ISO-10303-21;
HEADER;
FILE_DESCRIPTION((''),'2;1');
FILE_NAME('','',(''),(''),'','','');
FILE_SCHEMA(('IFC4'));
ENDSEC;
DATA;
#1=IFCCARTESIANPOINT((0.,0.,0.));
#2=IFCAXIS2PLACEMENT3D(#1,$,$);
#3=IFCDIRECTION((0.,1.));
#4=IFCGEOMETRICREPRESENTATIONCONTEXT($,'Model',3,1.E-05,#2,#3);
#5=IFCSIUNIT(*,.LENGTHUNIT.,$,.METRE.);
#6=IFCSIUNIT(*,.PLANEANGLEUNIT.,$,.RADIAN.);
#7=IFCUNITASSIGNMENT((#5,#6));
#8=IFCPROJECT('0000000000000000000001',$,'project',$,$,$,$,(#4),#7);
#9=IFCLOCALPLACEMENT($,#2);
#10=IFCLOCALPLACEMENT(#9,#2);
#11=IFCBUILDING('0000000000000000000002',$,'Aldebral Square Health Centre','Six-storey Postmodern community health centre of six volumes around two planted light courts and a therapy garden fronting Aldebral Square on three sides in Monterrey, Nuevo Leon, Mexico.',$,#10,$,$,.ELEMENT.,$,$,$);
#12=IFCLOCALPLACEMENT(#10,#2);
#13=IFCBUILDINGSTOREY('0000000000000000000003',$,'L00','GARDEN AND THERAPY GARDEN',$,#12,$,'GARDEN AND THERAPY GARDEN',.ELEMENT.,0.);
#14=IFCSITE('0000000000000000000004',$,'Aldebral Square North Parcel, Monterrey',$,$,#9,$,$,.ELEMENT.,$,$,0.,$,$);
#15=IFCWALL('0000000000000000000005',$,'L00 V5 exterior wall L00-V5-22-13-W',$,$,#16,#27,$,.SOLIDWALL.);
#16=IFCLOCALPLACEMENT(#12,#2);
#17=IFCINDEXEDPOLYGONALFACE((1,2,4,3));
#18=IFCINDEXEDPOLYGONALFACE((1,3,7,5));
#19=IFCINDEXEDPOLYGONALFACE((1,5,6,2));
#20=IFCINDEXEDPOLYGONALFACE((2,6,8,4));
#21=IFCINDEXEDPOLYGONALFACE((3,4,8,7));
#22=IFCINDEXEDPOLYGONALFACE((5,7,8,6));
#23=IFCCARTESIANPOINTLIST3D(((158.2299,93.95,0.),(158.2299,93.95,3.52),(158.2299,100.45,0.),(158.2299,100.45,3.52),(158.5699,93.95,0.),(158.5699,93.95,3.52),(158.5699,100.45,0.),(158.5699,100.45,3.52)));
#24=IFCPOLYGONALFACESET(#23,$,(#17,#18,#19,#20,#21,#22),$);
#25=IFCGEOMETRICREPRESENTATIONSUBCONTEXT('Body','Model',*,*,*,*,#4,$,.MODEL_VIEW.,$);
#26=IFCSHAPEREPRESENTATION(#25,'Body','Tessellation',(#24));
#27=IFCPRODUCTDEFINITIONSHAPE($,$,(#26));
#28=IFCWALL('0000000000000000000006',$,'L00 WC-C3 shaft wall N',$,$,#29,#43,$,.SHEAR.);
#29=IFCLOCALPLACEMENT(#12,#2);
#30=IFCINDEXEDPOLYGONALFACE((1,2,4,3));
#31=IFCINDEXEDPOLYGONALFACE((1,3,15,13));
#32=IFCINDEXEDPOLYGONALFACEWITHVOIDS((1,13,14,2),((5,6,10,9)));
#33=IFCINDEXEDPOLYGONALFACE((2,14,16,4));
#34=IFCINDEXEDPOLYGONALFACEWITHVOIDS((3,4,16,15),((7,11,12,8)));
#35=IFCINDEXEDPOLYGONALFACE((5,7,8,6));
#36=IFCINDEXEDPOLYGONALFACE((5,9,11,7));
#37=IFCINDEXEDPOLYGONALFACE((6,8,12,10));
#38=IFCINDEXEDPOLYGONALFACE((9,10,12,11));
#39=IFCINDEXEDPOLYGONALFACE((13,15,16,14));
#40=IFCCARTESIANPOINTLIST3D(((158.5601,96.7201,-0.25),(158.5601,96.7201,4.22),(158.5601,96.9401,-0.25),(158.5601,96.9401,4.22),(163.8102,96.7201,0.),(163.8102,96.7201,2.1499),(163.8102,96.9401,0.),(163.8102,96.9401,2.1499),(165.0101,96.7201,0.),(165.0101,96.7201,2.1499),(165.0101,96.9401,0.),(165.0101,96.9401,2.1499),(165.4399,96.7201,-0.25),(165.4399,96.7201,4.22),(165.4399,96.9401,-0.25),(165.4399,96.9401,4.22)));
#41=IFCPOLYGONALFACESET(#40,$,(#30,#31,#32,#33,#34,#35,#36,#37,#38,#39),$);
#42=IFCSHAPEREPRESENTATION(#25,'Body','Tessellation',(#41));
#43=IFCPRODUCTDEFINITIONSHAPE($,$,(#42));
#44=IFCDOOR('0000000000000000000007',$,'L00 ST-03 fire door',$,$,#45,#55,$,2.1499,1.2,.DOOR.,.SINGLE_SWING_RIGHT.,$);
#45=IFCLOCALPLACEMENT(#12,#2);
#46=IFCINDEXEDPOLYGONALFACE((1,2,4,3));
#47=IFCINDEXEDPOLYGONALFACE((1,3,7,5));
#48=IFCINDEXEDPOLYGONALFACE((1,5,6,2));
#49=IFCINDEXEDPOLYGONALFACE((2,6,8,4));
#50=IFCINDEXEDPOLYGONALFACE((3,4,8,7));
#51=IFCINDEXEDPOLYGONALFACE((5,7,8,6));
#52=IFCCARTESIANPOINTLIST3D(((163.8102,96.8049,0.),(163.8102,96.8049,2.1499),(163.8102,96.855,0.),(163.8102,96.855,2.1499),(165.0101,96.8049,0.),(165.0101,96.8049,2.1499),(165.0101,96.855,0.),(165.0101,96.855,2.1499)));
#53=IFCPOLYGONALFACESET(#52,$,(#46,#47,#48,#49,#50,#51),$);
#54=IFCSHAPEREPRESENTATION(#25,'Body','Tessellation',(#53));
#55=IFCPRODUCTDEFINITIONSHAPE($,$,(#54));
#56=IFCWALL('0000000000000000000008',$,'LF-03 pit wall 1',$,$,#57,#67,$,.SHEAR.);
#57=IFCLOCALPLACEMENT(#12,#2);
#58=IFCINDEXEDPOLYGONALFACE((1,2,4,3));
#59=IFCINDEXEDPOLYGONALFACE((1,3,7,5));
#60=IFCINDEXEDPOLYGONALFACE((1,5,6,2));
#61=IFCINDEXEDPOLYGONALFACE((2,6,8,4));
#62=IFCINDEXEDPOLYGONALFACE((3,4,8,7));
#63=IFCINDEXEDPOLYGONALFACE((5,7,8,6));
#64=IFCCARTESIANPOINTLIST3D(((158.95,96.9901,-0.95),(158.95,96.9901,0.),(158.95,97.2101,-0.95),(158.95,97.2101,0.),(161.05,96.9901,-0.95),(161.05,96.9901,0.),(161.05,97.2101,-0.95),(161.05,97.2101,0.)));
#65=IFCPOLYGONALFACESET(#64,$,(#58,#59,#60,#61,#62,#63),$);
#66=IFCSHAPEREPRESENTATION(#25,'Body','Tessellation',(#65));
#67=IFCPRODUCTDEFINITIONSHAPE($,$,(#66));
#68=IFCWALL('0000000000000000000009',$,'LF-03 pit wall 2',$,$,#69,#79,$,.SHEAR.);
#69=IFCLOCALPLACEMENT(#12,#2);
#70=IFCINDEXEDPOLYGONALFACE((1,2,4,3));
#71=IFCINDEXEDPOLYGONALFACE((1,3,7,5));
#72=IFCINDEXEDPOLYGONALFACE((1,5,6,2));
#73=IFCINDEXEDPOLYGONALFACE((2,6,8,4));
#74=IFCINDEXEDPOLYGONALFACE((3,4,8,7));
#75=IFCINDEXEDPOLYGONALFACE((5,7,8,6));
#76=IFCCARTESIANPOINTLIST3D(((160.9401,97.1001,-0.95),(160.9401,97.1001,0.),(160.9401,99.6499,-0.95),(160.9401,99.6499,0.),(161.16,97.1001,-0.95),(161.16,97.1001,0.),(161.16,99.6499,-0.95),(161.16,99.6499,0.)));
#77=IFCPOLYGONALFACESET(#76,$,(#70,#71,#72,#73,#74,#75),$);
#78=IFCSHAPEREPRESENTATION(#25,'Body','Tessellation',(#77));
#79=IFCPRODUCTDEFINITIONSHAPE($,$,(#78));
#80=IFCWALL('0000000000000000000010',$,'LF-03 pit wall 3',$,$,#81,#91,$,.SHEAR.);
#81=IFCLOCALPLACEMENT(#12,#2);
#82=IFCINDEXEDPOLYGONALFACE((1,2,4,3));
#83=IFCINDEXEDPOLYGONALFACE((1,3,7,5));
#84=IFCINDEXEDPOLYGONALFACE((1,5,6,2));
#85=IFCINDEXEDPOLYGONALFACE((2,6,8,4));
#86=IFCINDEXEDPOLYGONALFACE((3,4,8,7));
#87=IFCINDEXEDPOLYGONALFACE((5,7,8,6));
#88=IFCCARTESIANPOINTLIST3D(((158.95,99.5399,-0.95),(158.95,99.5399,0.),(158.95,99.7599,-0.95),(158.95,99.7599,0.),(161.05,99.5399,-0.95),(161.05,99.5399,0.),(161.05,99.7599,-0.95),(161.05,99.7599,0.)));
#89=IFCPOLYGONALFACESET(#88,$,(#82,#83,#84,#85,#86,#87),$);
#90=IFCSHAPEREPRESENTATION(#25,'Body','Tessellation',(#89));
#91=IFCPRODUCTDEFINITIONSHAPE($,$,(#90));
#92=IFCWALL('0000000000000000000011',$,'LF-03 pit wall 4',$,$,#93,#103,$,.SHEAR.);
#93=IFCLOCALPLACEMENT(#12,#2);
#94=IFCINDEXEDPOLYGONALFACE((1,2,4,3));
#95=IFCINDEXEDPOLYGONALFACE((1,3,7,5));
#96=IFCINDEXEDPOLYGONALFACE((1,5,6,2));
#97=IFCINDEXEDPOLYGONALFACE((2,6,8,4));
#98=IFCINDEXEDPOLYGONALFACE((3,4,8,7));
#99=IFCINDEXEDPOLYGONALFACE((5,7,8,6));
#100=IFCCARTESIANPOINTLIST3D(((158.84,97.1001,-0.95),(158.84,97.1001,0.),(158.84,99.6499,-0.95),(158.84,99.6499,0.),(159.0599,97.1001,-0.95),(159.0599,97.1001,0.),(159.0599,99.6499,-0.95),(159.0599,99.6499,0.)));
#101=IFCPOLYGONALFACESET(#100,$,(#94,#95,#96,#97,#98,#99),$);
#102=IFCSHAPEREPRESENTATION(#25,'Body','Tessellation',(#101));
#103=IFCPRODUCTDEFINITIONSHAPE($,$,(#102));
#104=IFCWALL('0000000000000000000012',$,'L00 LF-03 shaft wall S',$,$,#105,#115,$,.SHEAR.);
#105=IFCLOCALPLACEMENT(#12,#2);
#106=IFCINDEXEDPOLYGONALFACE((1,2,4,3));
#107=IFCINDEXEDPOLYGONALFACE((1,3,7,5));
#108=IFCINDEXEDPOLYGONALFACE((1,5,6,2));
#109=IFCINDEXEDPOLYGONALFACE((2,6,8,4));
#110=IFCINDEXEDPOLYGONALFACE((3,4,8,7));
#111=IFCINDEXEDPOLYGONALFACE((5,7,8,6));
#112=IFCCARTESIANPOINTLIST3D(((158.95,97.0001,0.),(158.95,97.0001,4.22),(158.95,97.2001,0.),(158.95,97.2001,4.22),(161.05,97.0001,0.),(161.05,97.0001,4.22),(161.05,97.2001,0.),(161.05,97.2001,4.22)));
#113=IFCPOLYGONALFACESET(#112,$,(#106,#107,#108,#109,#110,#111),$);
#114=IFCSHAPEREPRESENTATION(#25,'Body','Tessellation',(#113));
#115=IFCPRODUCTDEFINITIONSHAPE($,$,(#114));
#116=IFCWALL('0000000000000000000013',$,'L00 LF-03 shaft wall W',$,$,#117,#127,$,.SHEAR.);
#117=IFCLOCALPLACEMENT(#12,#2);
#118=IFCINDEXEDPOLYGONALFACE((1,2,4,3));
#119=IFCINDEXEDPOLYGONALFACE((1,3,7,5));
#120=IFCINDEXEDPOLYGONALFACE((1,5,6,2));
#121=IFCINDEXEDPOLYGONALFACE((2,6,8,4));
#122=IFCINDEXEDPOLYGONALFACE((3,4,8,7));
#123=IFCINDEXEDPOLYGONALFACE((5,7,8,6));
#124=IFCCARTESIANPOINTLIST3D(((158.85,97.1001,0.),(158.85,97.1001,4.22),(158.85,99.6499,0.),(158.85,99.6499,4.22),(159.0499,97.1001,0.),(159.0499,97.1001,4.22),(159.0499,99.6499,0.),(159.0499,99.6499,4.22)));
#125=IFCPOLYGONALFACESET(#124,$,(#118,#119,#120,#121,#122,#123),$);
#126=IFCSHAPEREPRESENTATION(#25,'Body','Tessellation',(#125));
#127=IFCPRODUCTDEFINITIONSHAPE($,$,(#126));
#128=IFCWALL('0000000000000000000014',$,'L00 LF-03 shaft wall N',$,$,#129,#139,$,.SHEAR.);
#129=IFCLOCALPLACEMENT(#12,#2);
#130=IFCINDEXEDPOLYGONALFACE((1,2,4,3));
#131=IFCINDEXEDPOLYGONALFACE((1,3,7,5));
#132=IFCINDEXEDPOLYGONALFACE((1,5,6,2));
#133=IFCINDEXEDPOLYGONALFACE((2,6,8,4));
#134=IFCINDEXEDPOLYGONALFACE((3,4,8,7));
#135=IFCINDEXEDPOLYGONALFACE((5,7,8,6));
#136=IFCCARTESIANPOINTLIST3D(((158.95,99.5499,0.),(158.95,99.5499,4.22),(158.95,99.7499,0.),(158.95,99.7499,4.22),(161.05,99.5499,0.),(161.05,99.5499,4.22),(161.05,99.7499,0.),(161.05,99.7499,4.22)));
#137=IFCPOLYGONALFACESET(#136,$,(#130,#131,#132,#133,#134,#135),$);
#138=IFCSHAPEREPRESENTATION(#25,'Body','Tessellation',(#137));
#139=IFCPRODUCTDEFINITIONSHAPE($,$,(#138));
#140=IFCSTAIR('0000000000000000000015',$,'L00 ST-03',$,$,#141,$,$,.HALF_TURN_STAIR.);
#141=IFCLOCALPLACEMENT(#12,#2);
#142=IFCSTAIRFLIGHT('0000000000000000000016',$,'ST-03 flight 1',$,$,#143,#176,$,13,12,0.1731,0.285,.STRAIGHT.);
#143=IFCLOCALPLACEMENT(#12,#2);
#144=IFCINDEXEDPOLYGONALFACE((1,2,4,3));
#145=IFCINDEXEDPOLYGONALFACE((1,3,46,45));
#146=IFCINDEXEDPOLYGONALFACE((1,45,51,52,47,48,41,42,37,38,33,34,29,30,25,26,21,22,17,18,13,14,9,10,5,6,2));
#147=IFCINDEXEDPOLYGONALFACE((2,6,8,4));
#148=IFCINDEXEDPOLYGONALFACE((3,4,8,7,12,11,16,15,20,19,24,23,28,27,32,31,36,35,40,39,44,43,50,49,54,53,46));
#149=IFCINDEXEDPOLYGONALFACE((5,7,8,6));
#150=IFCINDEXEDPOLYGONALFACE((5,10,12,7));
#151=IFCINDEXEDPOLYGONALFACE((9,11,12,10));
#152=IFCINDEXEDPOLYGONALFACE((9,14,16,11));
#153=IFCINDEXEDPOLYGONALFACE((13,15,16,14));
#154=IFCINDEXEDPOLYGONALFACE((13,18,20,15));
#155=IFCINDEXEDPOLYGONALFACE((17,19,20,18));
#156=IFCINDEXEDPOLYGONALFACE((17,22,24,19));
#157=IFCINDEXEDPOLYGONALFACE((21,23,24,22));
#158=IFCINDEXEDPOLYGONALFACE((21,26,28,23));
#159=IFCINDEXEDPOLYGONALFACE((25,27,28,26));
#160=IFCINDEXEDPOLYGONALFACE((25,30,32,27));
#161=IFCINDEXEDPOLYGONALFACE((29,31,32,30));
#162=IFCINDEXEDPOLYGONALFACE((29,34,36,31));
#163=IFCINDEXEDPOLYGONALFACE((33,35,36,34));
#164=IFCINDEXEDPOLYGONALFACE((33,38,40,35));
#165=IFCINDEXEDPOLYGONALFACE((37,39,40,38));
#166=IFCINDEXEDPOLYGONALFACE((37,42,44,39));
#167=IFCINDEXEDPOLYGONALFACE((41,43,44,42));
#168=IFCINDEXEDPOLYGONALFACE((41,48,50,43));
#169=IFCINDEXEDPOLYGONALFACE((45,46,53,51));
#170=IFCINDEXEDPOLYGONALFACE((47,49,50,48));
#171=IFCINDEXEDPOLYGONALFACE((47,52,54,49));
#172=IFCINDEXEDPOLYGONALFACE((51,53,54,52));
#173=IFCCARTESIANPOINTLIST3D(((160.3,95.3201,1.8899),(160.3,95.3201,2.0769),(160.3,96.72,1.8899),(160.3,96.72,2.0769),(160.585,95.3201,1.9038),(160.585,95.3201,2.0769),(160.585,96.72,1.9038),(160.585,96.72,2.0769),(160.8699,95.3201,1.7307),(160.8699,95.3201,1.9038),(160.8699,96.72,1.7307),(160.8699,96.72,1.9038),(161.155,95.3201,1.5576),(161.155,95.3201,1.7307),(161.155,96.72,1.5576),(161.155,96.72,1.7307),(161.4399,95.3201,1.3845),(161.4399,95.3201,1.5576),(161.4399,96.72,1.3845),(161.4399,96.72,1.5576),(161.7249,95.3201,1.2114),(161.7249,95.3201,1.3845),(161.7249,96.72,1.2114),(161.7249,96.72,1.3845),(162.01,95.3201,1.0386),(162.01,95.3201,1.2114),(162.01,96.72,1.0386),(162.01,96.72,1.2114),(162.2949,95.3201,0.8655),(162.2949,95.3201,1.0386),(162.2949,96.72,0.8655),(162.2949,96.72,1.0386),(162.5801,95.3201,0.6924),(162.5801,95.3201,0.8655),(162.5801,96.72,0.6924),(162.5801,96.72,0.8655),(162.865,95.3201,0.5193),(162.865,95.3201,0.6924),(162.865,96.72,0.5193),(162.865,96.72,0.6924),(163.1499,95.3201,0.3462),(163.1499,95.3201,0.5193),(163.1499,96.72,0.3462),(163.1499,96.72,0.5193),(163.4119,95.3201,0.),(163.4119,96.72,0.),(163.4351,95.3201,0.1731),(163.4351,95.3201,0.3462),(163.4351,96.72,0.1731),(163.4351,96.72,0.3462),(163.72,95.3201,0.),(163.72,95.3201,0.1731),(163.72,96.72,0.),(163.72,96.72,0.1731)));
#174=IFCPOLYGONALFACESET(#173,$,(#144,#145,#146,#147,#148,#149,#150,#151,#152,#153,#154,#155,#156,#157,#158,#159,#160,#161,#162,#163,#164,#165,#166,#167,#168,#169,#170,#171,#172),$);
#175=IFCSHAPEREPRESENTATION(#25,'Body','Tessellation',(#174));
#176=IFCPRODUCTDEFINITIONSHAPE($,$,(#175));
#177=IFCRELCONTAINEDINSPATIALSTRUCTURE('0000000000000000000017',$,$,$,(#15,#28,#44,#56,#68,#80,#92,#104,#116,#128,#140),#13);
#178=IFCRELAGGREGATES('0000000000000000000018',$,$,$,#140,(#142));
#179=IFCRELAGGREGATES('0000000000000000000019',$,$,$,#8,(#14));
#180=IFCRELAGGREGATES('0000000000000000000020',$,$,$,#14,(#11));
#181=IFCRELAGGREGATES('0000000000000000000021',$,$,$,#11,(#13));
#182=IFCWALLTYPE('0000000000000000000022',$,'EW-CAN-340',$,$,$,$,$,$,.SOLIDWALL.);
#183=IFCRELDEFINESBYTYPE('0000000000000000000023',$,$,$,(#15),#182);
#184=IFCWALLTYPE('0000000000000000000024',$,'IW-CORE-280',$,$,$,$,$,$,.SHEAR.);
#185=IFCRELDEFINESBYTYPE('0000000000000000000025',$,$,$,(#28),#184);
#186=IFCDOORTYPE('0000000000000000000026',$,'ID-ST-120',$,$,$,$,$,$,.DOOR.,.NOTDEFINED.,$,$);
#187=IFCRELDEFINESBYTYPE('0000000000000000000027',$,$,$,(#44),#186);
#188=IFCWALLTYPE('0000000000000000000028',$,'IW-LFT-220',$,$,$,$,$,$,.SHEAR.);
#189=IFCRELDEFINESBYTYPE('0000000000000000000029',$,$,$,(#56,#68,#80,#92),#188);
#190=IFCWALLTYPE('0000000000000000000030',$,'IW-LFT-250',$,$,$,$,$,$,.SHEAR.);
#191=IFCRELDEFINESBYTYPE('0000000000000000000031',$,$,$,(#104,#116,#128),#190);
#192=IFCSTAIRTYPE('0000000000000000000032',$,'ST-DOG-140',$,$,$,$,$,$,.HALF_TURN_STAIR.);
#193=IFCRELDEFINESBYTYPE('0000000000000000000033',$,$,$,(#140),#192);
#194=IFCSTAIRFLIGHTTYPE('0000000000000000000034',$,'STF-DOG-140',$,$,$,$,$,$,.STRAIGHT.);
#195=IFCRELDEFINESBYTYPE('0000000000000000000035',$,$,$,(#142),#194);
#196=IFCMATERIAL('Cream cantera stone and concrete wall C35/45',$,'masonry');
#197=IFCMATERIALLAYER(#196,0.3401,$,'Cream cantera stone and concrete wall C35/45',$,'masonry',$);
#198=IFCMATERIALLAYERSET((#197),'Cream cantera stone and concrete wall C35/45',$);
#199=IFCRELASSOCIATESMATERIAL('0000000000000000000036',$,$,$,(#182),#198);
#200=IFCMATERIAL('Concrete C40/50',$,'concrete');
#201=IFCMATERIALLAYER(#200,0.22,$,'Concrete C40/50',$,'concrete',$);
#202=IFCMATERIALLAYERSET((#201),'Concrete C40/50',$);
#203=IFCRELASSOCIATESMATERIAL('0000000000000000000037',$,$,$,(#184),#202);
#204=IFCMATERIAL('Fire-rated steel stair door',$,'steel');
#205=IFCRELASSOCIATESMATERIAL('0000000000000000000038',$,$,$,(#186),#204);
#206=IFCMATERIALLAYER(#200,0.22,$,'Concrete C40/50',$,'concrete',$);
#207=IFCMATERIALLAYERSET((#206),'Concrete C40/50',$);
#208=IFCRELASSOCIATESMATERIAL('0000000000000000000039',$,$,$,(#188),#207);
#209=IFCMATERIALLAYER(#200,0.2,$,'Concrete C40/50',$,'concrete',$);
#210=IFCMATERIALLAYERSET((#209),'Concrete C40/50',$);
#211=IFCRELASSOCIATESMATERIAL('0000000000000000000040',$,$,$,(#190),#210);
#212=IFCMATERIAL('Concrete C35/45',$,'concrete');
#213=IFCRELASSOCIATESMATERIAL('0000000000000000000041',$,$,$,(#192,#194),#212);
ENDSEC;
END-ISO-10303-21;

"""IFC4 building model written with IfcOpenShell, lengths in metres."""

from ifc_helpers import new_model, si_unit, direction, frame, frame_2d, origin, place, context, subcontext, project, spatial, polyline, rectangle, outline, extrude, material, layer, layer_set, type_object, element, fill, aggregate, save


model = new_model("IFC4")

# Units and contexts
model_context = context("Model", 3, precision=1e-05, world=origin(), true_north=direction((0.0, 1.0)))
body_context = subcontext(model_context, "Body", "Model", "MODEL_VIEW")
ifc_project = project(units=[si_unit("LENGTHUNIT", "METRE"), si_unit("PLANEANGLEUNIT", "RADIAN")], contexts=[model_context])

# Site, building, storey
site_placement = place(None, origin())
site = spatial("IfcSite", under=ifc_project, at=site_placement, Name="Aldebral Square North Parcel, Monterrey", CompositionType="ELEMENT", RefElevation=0.0)
building_placement = place(site_placement, origin())
building = spatial("IfcBuilding", under=site, at=building_placement, Name="Aldebral Square Health Centre", Description="Six-storey Postmodern community health centre of six volumes around two planted light courts and a therapy garden fronting Aldebral Square on three sides in Monterrey, Nuevo Leon, Mexico.", CompositionType="ELEMENT")
storey_placement = place(building_placement, origin())
storey = spatial("IfcBuildingStorey", under=building, at=storey_placement, Name="L00", Description="GARDEN AND THERAPY GARDEN", LongName="GARDEN AND THERAPY GARDEN", CompositionType="ELEMENT", Elevation=0.0)

# Shared definitions
ifc_material_1 = material(Name="Concrete C35/45", Category="concrete")

# Shared definitions
ifc_material_2 = material(Name="Concrete C40/50", Category="concrete")

# Wall
ifc_material_3 = material(Name="Cream cantera stone and concrete wall C35/45", Category="masonry")
ifc_layer_1 = layer(ifc_material_3, 0.3401, Name="Cream cantera stone and concrete wall C35/45", Category="masonry")
ifc_layer_set_1 = layer_set([ifc_layer_1], Name="Cream cantera stone and concrete wall C35/45")
wall_type_1 = type_object("IfcWallType", Name="EW-CAN-340", PredefinedType="SOLIDWALL", material=ifc_layer_set_1)
wall_1_placement = place(storey_placement, frame((158.3999, 100.45, 0.0), z_axis=(0.0, 0.0, 1.0), x_axis=(0.0, -1.0, 0.0)))
element("IfcWall", 1, at=wall_1_placement, inside=storey, type_object=wall_type_1, Name="L00 V5 exterior wall L00-V5-22-13-W", PredefinedType="SOLIDWALL", context=body_context, shape_type="SweptSolid", body=[
    extrude(rectangle(XDim=6.5, YDim=0.3401, at=frame_2d((3.25, 0.0))), origin(), (0.0, 0.0, 1.0), 3.52),
])

# Wall, opening, door
ifc_layer_2 = layer(ifc_material_2, 0.22, Name="Concrete C40/50", Category="concrete")
ifc_layer_set_2 = layer_set([ifc_layer_2], Name="Concrete C40/50")
wall_type_2 = type_object("IfcWallType", Name="IW-CORE-280", PredefinedType="SHEAR", material=ifc_layer_set_2)
wall_2_placement = place(storey_placement, frame((158.5601, 96.8301, -0.25), z_axis=(0.0, 0.0, 1.0), x_axis=(1.0, 0.0, 0.0)))
wall_2 = element("IfcWall", 2, at=wall_2_placement, inside=storey, type_object=wall_type_2, Name="L00 WC-C3 shaft wall N", PredefinedType="SHEAR", context=body_context, shape_type="SweptSolid", body=[
    extrude(rectangle(XDim=6.8799, YDim=0.22, at=frame_2d((3.4399, 0.0))), origin(), (0.0, 0.0, 1.0), 4.47),
])
opening_1_placement = place(wall_2_placement, frame((5.25, 0.0, 0.25)))
opening_1 = element("IfcOpeningElement", 3, at=opening_1_placement, cuts=wall_2, PredefinedType="OPENING", context=body_context, shape_type="SweptSolid", body=[
    extrude(rectangle(XDim=1.2, YDim=2.1499, at=frame_2d((0.6001, 1.075))), frame((0.0, 0.1201, 0.0), z_axis=(0.0, -1.0, 0.0), x_axis=(1.0, 0.0, 0.0)), (0.0, 0.0, 1.0), 0.24),
])
ifc_material_4 = material(Name="Fire-rated steel stair door", Category="steel")
door_type_1 = type_object("IfcDoorType", Name="ID-ST-120", OperationType="NOTDEFINED", PredefinedType="DOOR", material=ifc_material_4)
door_1_placement = place(opening_1_placement, origin())
door_1 = element("IfcDoor", 4, at=door_1_placement, inside=storey, type_object=door_type_1, Name="L00 ST-03 fire door", OperationType="SINGLE_SWING_RIGHT", OverallHeight=2.1499, OverallWidth=1.2, PredefinedType="DOOR", context=body_context, shape_type="SweptSolid", body=[
    extrude(rectangle(XDim=1.2, YDim=2.1499, at=frame_2d((0.6001, 1.075))), frame((0.0, 0.0249, 0.0), z_axis=(0.0, -1.0, 0.0), x_axis=(1.0, 0.0, 0.0)), (0.0, 0.0, 1.0), 0.05),
])
fill(opening_1, door_1)

# Walls
ifc_layer_3 = layer(ifc_material_2, 0.22, Name="Concrete C40/50", Category="concrete")
ifc_layer_set_3 = layer_set([ifc_layer_3], Name="Concrete C40/50")
wall_type_3 = type_object("IfcWallType", Name="IW-LFT-220", PredefinedType="SHEAR", material=ifc_layer_set_3)
wall_3_placement = place(storey_placement, frame((158.95, 97.1001, -0.95), z_axis=(0.0, 0.0, 1.0), x_axis=(1.0, 0.0, 0.0)))
element("IfcWall", 5, at=wall_3_placement, inside=storey, type_object=wall_type_3, Name="LF-03 pit wall 1", PredefinedType="SHEAR", context=body_context, shape_type="SweptSolid", body=[
    extrude(rectangle(XDim=2.1001, YDim=0.22, at=frame_2d((1.05, 0.0))), origin(), (0.0, 0.0, 1.0), 0.95),
])
wall_4_placement = place(storey_placement, frame((161.05, 97.1001, -0.95), z_axis=(0.0, 0.0, 1.0), x_axis=(0.0, 1.0, 0.0)))
element("IfcWall", 6, at=wall_4_placement, inside=storey, type_object=wall_type_3, Name="LF-03 pit wall 2", PredefinedType="SHEAR", context=body_context, shape_type="SweptSolid", body=[
    extrude(rectangle(XDim=2.5498, YDim=0.22, at=frame_2d((1.2749, 0.0))), origin(), (0.0, 0.0, 1.0), 0.95),
])
wall_5_placement = place(storey_placement, frame((161.05, 99.6499, -0.95), z_axis=(0.0, 0.0, 1.0), x_axis=(-1.0, 0.0, 0.0)))
element("IfcWall", 7, at=wall_5_placement, inside=storey, type_object=wall_type_3, Name="LF-03 pit wall 3", PredefinedType="SHEAR", context=body_context, shape_type="SweptSolid", body=[
    extrude(rectangle(XDim=2.1001, YDim=0.22, at=frame_2d((1.05, 0.0))), origin(), (0.0, 0.0, 1.0), 0.95),
])
wall_6_placement = place(storey_placement, frame((158.95, 99.6499, -0.95), z_axis=(0.0, 0.0, 1.0), x_axis=(0.0, -1.0, 0.0)))
element("IfcWall", 8, at=wall_6_placement, inside=storey, type_object=wall_type_3, Name="LF-03 pit wall 4", PredefinedType="SHEAR", context=body_context, shape_type="SweptSolid", body=[
    extrude(rectangle(XDim=2.5498, YDim=0.22, at=frame_2d((1.2749, 0.0))), origin(), (0.0, 0.0, 1.0), 0.95),
])
ifc_layer_4 = layer(ifc_material_2, 0.2, Name="Concrete C40/50", Category="concrete")
ifc_layer_set_4 = layer_set([ifc_layer_4], Name="Concrete C40/50")
wall_type_4 = type_object("IfcWallType", Name="IW-LFT-250", PredefinedType="SHEAR", material=ifc_layer_set_4)
wall_7_placement = place(storey_placement, frame((158.95, 97.1001, 0.0), z_axis=(0.0, 0.0, 1.0), x_axis=(1.0, 0.0, 0.0)))
element("IfcWall", 9, at=wall_7_placement, inside=storey, type_object=wall_type_4, Name="L00 LF-03 shaft wall S", PredefinedType="SHEAR", context=body_context, shape_type="SweptSolid", body=[
    extrude(rectangle(XDim=2.1001, YDim=0.2, at=frame_2d((1.05, 0.0))), origin(), (0.0, 0.0, 1.0), 4.22),
])
wall_8_placement = place(storey_placement, frame((158.95, 97.1001, 0.0), z_axis=(0.0, 0.0, 1.0), x_axis=(0.0, 1.0, 0.0)))
element("IfcWall", 10, at=wall_8_placement, inside=storey, type_object=wall_type_4, Name="L00 LF-03 shaft wall W", PredefinedType="SHEAR", context=body_context, shape_type="SweptSolid", body=[
    extrude(rectangle(XDim=2.5498, YDim=0.2, at=frame_2d((1.2749, 0.0))), origin(), (0.0, 0.0, 1.0), 4.22),
])
wall_9_placement = place(storey_placement, frame((158.95, 99.6499, 0.0), z_axis=(0.0, 0.0, 1.0), x_axis=(1.0, 0.0, 0.0)))
element("IfcWall", 11, at=wall_9_placement, inside=storey, type_object=wall_type_4, Name="L00 LF-03 shaft wall N", PredefinedType="SHEAR", context=body_context, shape_type="SweptSolid", body=[
    extrude(rectangle(XDim=2.1001, YDim=0.2, at=frame_2d((1.05, 0.0))), origin(), (0.0, 0.0, 1.0), 4.22),
])

# Stair, stair flight
stair_type = type_object("IfcStairType", Name="ST-DOG-140", PredefinedType="HALF_TURN_STAIR", material=ifc_material_1)
stair_placement = place(storey_placement, origin())
stair = element("IfcStair", 12, at=stair_placement, inside=storey, type_object=stair_type, Name="L00 ST-03", PredefinedType="HALF_TURN_STAIR")
stair_flight_type = type_object("IfcStairFlightType", Name="STF-DOG-140", PredefinedType="STRAIGHT", material=ifc_material_1)
stair_flight_placement = place(storey_placement, frame((163.72, 96.02, 0.0), z_axis=(0.0, 0.0, 1.0), x_axis=(-1.0, 0.0, 0.0)))
stair_flight = element("IfcStairFlight", 13, at=stair_flight_placement, type_object=stair_flight_type, Name="ST-03 flight 1", NumberOfRisers=13, NumberOfTreads=12, PredefinedType="STRAIGHT", RiserHeight=0.1731, TreadLength=0.285, context=body_context, shape_type="SweptSolid", body=[
    extrude(outline(polyline([(0.0, 0.0), (0.0, 0.1731), (0.2849, 0.1731), (0.2849, 0.3462), (0.5701, 0.3462), (0.5701, 0.5193), (0.855, 0.5193), (0.855, 0.6924), (1.1399, 0.6924), (1.1399, 0.8655), (1.425, 0.8655), (1.425, 1.0386), (1.71, 1.0386), (1.71, 1.2114), (1.9951, 1.2114), (1.9951, 1.3845), (2.28, 1.3845), (2.28, 1.5576), (2.5649, 1.5576), (2.5649, 1.7307), (2.8501, 1.7307), (2.8501, 1.9038), (3.135, 1.9038), (3.135, 2.0769), (3.4199, 2.0769), (3.4199, 2.25), (3.4199, 1.8899), (0.3081, 0.0), (0.0, 0.0)])), frame((0.0, 0.7, 0.0), z_axis=(0.0, -1.0, 0.0), x_axis=(1.0, 0.0, 0.0)), (0.0, 0.0, 1.0), 1.3999),
])
aggregate(stair, [stair_flight])

save(model, "model.ifc")
